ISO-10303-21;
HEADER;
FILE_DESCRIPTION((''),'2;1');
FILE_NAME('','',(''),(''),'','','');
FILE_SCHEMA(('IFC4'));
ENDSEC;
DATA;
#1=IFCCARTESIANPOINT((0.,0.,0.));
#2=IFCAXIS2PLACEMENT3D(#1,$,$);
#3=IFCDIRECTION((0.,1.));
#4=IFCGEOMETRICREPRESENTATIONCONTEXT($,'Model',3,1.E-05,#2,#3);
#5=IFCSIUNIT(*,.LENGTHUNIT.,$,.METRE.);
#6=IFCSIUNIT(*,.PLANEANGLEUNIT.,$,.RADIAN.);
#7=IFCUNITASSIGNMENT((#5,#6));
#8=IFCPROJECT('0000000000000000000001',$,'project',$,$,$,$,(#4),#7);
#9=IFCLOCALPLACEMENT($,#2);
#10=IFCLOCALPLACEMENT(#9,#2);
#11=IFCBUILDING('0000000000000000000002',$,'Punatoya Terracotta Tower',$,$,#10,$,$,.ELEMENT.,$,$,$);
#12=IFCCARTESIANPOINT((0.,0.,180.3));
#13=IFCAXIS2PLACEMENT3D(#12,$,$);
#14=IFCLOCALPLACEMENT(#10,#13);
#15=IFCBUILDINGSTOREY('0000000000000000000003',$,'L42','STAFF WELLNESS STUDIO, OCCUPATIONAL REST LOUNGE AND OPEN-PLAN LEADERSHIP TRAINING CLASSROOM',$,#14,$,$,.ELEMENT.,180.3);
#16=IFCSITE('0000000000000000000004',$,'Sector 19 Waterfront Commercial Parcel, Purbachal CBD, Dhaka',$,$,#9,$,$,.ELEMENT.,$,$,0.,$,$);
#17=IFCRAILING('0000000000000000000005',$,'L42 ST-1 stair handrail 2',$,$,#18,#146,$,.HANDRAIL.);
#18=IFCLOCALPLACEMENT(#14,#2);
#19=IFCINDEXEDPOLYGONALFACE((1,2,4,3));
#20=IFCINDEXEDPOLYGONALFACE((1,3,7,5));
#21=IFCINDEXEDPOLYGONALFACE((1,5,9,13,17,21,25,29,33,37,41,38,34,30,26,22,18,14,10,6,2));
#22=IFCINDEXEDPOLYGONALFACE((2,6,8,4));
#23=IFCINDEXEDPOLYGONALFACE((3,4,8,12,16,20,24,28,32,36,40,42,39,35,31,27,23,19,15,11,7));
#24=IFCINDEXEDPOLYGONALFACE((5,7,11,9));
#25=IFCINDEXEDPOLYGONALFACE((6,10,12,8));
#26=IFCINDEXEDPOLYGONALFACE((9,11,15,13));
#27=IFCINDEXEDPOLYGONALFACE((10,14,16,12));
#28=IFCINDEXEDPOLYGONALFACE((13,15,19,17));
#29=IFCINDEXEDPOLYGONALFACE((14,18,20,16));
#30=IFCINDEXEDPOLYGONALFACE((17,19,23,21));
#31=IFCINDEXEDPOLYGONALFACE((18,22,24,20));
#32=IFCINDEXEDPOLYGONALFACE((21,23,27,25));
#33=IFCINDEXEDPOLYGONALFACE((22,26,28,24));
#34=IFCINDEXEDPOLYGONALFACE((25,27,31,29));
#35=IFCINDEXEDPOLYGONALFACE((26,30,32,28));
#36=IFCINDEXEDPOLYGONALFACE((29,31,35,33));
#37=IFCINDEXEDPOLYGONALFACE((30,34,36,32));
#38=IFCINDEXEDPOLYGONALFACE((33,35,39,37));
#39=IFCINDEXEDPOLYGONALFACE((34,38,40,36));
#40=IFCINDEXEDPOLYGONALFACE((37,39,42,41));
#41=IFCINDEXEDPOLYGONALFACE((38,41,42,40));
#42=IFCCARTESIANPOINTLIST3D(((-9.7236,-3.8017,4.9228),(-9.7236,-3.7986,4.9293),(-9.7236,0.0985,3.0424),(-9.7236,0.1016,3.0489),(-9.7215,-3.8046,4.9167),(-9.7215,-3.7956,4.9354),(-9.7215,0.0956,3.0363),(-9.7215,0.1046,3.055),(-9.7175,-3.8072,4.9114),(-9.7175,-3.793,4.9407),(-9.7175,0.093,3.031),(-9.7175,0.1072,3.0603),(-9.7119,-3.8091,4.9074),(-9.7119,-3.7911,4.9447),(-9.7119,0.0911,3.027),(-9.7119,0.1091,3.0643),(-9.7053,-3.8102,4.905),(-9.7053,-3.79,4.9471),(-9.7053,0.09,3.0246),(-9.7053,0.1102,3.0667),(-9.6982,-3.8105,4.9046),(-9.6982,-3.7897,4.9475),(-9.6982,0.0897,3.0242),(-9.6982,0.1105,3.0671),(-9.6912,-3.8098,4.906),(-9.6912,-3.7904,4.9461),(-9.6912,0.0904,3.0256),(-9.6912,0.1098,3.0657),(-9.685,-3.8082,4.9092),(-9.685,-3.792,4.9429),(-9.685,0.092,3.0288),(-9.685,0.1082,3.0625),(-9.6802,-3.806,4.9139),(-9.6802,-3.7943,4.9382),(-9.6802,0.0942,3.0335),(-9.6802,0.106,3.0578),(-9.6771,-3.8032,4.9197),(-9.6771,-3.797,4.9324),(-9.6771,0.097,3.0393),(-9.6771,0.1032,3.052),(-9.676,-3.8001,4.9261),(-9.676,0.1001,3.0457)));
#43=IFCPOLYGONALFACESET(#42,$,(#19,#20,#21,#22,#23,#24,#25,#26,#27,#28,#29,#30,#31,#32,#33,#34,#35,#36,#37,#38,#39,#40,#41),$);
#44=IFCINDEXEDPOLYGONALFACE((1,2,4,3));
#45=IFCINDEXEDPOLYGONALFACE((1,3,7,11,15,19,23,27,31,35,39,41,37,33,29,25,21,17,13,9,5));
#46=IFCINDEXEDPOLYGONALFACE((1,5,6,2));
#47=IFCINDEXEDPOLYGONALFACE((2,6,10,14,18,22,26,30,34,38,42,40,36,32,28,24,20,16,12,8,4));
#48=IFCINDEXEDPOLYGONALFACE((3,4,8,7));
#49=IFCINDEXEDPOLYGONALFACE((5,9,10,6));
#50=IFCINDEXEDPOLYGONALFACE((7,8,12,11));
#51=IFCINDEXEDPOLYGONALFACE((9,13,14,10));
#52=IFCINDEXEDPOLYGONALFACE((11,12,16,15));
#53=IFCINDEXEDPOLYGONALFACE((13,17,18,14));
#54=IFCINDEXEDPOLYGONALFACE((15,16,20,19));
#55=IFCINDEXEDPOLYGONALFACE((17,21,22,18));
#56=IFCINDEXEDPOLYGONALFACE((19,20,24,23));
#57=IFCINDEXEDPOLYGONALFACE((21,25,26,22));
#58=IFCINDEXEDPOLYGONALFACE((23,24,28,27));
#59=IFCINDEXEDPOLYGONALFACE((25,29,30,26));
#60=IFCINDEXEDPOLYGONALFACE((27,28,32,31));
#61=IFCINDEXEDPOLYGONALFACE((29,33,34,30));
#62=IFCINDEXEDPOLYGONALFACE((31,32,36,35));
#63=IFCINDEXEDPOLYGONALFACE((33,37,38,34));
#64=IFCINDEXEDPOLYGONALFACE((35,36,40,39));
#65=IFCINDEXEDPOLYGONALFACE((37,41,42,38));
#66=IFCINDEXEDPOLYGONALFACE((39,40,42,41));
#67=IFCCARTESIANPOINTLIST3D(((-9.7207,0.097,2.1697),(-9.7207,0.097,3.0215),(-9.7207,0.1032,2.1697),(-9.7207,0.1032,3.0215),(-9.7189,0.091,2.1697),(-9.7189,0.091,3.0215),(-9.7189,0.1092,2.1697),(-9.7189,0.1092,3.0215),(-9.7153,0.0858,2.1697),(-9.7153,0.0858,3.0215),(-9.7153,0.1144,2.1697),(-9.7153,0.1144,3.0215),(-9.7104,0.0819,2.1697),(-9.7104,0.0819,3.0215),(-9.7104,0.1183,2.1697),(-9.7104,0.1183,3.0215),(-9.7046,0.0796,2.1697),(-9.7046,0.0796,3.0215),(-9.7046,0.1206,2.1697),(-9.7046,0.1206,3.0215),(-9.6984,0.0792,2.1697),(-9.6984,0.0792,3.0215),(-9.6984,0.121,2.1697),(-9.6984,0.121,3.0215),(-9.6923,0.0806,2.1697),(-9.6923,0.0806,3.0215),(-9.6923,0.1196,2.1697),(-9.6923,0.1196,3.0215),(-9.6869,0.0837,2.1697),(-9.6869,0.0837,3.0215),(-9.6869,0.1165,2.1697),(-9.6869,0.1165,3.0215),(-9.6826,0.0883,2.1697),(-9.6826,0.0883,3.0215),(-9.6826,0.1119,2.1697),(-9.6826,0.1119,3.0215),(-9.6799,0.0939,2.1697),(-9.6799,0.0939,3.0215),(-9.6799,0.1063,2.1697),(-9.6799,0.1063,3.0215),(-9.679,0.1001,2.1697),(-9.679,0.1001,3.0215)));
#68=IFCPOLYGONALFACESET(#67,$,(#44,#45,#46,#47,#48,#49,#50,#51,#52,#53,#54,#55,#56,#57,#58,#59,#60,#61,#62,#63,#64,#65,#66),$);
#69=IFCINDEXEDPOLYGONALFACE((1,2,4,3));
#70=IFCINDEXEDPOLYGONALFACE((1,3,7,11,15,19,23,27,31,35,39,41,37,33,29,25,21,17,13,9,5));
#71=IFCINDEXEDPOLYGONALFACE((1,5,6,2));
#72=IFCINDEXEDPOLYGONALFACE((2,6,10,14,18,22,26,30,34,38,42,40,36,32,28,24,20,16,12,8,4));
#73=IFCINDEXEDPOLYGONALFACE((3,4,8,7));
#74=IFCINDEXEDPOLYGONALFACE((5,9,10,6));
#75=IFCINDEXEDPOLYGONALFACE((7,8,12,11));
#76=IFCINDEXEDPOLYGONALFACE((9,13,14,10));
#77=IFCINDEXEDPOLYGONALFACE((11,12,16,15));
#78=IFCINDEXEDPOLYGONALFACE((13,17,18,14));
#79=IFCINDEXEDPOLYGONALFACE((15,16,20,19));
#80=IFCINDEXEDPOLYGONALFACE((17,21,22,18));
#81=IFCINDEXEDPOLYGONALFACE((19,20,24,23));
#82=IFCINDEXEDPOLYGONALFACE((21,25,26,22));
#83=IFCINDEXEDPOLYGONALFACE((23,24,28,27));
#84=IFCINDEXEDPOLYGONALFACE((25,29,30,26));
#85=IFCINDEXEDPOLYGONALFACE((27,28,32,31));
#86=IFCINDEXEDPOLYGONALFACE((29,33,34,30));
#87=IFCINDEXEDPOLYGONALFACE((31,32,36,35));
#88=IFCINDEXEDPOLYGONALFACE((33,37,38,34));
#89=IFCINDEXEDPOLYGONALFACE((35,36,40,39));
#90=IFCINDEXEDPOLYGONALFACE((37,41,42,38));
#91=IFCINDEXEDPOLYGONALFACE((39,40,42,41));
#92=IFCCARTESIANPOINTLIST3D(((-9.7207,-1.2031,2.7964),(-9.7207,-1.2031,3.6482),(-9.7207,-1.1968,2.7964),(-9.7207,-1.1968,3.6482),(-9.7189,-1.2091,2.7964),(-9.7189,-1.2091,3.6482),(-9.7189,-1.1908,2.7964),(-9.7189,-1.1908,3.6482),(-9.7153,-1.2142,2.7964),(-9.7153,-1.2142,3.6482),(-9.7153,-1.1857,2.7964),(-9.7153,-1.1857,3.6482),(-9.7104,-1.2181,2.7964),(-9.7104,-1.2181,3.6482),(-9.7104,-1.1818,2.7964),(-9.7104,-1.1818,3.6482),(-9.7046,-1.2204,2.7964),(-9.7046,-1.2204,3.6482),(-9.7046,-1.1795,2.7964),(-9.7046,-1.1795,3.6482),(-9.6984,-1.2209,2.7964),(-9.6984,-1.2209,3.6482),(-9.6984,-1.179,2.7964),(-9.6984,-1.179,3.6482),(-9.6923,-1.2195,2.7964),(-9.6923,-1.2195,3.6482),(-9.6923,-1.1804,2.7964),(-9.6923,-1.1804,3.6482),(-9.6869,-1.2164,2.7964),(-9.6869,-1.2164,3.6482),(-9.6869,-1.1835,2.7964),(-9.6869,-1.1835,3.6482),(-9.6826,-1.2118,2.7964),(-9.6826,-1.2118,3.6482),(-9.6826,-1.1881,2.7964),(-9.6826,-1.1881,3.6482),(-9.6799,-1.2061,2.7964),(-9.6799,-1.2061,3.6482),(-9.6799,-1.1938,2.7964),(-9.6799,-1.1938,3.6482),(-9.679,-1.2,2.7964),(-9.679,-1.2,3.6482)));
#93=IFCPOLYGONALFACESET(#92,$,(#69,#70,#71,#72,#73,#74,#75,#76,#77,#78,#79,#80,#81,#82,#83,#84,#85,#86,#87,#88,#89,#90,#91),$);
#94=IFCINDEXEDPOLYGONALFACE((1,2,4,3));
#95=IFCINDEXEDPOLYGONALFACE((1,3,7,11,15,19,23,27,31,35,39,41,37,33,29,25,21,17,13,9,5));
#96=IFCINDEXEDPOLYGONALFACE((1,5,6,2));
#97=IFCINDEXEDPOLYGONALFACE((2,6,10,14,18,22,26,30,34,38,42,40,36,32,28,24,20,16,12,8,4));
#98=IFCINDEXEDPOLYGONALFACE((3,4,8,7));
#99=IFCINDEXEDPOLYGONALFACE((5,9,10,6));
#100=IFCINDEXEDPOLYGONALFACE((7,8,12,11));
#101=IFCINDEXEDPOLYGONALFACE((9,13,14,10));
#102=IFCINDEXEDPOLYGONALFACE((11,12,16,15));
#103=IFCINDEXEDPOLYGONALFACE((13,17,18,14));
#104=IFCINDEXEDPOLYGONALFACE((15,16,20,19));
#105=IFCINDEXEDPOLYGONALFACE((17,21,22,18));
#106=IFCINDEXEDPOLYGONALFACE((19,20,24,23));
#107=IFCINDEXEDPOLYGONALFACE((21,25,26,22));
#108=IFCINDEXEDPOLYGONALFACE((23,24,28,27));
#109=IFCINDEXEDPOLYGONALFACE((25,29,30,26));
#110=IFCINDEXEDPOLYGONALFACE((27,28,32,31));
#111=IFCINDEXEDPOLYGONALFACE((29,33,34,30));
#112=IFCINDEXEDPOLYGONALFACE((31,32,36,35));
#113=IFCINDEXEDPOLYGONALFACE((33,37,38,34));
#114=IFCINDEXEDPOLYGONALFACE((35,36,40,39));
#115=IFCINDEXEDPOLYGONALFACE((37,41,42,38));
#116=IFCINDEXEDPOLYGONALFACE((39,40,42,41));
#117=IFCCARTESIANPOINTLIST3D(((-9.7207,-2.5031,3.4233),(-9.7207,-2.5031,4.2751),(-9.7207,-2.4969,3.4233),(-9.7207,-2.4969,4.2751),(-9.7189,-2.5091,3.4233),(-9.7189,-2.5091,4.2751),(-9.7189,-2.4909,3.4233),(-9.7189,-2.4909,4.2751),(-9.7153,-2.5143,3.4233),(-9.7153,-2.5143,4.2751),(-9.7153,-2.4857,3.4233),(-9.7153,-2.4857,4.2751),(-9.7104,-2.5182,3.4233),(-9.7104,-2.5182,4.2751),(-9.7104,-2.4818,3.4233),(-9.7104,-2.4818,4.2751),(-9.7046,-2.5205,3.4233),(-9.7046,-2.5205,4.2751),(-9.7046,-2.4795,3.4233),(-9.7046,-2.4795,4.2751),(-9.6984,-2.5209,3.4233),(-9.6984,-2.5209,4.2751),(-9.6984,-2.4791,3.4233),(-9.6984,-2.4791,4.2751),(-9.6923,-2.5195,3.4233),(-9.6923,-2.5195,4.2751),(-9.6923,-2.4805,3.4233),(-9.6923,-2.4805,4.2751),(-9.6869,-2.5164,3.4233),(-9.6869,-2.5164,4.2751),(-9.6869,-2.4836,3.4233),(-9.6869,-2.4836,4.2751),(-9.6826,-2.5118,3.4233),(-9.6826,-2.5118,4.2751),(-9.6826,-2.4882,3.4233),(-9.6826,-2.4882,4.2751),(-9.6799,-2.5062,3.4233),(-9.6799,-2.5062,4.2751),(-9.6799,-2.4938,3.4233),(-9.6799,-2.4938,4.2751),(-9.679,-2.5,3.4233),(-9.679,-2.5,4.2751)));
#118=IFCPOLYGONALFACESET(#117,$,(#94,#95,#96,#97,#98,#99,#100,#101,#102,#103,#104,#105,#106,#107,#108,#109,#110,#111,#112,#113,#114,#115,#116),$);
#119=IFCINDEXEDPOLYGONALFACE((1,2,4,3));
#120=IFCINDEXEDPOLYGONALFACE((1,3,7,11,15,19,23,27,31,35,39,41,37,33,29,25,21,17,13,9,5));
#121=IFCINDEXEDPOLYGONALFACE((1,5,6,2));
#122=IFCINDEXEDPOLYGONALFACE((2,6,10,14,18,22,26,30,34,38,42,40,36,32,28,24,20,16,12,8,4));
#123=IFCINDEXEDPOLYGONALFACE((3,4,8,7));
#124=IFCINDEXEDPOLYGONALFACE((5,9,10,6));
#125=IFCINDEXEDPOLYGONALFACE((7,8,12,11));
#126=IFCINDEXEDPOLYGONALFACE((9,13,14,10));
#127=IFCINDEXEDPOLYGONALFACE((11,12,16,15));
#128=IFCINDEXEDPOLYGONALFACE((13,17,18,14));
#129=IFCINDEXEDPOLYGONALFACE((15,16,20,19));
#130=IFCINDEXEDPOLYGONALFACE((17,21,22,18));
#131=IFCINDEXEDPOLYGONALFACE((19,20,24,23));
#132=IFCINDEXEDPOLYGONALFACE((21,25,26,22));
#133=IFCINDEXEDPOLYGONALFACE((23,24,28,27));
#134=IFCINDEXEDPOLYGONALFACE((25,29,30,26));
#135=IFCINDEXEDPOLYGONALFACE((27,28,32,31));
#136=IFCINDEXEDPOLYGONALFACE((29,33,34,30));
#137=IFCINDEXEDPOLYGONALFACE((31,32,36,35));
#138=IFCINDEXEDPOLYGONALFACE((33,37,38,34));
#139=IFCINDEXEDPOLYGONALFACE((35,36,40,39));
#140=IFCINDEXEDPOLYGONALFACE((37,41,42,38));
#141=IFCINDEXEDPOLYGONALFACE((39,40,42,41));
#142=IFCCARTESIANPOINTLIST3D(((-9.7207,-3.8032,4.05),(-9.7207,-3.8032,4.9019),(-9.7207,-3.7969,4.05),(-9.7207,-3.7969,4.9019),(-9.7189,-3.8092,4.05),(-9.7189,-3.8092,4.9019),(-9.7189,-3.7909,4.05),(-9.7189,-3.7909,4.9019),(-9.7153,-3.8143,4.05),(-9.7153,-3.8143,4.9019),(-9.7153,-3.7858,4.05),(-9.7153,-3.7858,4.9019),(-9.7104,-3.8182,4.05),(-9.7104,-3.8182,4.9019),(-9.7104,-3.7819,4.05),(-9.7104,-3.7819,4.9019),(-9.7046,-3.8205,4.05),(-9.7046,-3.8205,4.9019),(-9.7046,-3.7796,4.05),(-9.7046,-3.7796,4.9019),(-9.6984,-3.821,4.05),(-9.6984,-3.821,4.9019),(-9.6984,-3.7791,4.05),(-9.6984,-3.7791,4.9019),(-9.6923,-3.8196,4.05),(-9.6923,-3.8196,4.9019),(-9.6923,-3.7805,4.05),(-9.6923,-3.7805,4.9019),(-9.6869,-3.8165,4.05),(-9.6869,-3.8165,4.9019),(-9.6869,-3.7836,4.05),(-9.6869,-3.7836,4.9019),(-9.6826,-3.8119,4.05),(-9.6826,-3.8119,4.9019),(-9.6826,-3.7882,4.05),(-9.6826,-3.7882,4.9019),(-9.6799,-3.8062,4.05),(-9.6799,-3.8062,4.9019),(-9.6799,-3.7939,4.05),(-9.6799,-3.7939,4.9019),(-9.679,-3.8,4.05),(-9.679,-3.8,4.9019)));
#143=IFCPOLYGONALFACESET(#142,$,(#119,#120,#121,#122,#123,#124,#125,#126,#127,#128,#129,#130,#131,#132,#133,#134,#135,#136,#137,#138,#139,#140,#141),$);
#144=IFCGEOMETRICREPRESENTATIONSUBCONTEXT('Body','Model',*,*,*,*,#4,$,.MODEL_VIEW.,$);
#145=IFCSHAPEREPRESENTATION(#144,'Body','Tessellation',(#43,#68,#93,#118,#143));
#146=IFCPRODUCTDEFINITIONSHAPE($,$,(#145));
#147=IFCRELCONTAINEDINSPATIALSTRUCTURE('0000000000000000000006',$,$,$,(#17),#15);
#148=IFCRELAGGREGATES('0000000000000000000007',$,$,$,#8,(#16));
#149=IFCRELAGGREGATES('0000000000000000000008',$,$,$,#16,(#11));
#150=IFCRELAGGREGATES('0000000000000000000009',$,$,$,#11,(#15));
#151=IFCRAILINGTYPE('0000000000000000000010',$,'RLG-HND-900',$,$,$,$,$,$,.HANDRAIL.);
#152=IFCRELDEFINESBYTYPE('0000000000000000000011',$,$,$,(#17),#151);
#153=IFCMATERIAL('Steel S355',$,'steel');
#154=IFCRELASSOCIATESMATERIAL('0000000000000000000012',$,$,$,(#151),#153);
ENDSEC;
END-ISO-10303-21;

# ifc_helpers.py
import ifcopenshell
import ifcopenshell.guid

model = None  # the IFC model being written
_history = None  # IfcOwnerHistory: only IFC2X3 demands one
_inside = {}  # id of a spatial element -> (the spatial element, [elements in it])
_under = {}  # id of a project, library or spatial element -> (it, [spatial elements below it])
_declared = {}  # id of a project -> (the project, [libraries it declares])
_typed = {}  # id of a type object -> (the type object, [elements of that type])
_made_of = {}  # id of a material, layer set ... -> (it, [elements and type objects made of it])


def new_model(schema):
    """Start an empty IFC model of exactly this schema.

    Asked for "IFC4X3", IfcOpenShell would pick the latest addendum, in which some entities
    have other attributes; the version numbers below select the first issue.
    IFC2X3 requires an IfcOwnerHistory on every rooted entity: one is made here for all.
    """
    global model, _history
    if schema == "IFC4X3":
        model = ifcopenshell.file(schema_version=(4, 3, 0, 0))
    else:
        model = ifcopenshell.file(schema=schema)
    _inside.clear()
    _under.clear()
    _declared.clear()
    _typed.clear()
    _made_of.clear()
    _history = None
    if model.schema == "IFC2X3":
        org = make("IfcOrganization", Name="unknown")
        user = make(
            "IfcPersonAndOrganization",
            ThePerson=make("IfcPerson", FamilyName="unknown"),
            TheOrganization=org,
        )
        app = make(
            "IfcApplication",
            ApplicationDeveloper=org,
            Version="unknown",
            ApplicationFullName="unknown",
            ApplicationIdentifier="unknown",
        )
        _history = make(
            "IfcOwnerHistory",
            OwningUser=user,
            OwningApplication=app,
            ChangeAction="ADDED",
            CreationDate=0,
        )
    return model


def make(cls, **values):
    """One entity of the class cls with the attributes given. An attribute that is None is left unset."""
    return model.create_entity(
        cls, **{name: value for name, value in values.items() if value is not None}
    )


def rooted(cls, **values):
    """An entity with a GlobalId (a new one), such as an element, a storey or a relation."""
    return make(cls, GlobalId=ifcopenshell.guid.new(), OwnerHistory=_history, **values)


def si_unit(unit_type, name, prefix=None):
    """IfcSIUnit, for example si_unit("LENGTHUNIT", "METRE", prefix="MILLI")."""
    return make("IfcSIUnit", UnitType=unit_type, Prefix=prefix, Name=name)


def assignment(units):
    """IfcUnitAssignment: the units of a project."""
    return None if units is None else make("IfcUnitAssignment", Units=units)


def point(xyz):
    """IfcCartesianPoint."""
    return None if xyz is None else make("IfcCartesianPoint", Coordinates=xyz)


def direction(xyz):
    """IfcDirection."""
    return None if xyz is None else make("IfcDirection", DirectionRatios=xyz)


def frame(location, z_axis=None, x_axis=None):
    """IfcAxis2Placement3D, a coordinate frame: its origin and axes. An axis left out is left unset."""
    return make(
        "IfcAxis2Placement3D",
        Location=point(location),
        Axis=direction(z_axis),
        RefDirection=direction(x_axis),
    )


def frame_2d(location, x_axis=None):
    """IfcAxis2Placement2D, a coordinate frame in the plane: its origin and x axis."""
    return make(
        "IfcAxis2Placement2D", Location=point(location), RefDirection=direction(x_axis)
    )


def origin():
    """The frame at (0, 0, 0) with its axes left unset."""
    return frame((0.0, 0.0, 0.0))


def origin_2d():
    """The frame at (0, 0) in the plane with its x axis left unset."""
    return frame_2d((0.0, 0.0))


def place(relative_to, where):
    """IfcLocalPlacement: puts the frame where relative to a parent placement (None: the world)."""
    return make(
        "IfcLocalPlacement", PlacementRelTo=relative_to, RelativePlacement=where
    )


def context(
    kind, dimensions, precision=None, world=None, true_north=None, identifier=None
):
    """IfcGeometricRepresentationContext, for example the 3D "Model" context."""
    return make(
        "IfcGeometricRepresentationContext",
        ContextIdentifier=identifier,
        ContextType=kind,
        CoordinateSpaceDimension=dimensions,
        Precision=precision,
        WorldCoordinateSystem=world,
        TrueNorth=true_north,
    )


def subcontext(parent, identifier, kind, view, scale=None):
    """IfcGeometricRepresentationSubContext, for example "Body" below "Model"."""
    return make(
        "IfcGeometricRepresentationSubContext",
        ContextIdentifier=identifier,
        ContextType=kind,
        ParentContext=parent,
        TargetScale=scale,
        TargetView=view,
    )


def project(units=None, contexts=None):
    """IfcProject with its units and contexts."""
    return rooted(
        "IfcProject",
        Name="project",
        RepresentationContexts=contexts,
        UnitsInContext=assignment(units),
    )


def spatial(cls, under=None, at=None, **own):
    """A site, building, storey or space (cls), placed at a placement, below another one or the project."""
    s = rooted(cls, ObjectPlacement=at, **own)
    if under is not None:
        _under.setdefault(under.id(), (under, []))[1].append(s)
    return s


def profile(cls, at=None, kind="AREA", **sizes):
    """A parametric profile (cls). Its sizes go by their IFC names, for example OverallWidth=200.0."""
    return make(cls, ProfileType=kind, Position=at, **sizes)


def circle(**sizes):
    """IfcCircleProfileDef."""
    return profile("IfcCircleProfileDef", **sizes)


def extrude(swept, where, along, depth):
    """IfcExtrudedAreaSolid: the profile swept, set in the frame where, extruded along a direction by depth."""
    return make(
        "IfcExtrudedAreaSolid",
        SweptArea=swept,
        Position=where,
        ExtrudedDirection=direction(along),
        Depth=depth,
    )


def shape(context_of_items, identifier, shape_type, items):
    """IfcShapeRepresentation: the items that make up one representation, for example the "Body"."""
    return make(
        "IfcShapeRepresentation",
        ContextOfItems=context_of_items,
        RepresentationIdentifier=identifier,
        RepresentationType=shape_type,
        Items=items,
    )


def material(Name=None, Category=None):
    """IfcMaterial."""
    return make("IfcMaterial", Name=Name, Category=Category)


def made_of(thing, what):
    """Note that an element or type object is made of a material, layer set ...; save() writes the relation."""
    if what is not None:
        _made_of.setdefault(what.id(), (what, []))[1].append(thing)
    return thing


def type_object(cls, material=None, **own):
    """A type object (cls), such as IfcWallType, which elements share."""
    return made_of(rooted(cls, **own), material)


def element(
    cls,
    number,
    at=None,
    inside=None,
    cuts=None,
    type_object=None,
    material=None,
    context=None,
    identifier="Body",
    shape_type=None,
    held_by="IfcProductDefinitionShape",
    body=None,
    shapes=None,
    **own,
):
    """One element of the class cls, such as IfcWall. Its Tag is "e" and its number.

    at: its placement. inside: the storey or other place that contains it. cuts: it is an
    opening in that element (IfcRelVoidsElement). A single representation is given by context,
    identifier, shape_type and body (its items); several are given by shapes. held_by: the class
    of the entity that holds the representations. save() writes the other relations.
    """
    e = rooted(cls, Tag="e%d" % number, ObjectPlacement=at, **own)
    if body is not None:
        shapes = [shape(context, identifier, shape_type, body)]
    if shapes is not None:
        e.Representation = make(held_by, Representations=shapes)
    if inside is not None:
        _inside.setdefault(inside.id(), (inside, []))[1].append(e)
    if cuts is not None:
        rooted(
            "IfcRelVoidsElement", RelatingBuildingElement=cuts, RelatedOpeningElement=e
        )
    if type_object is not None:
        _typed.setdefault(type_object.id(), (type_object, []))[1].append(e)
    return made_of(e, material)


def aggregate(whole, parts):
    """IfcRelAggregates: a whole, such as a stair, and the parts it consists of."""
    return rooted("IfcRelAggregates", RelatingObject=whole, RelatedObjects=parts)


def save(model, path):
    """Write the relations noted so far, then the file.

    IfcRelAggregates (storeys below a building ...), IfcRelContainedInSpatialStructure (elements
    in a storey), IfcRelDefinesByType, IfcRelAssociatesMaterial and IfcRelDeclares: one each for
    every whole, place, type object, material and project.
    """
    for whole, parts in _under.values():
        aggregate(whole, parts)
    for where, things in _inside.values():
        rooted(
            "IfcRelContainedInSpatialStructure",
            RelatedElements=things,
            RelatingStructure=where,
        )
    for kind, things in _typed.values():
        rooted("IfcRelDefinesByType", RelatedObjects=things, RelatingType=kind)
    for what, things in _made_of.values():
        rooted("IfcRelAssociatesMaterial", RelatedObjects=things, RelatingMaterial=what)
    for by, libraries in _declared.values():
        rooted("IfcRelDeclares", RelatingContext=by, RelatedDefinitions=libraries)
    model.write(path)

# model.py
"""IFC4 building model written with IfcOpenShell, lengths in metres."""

from ifc_helpers import new_model, si_unit, direction, frame, origin, origin_2d, place, context, subcontext, project, spatial, circle, extrude, material, type_object, element, save


model = new_model("IFC4")

# Units and contexts
model_context = context("Model", 3, precision=1e-05, world=origin(), true_north=direction((0.0, 1.0)))
body_context = subcontext(model_context, "Body", "Model", "MODEL_VIEW")
ifc_project = project(units=[si_unit("LENGTHUNIT", "METRE"), si_unit("PLANEANGLEUNIT", "RADIAN")], contexts=[model_context])

# Site, building, storey
site_placement = place(None, origin())
site = spatial("IfcSite", under=ifc_project, at=site_placement, Name="Sector 19 Waterfront Commercial Parcel, Purbachal CBD, Dhaka", CompositionType="ELEMENT", RefElevation=0.0)
building_placement = place(site_placement, origin())
building = spatial("IfcBuilding", under=site, at=building_placement, Name="Punatoya Terracotta Tower", CompositionType="ELEMENT")
storey_placement = place(building_placement, frame((0.0, 0.0, 180.3)))
storey = spatial("IfcBuildingStorey", under=building, at=storey_placement, Name="L42", Description="STAFF WELLNESS STUDIO, OCCUPATIONAL REST LOUNGE AND OPEN-PLAN LEADERSHIP TRAINING CLASSROOM", CompositionType="ELEMENT", Elevation=180.3)

# Shared definitions
ifc_material_1 = material(Name="Steel S355", Category="steel")

# Railing
railing_type_1 = type_object("IfcRailingType", Name="RLG-HND-900", PredefinedType="HANDRAIL", material=ifc_material_1)
railing_1_placement = place(storey_placement, frame((-9.7, 0.1001, 2.1697)))
element("IfcRailing", 1, at=railing_1_placement, inside=storey, type_object=railing_type_1, Name="L42 ST-1 stair handrail 2", PredefinedType="HANDRAIL", context=body_context, shape_type="SweptSolid", body=[
    extrude(circle(Radius=0.0239, at=origin_2d()), frame((0.0, 0.0, 0.876), z_axis=(0.0, -0.900774, 0.434289), x_axis=(1.0, 0.0, 0.0)), (0.0, 0.0, 1.0), 4.3298),
    extrude(circle(Radius=0.021, at=origin_2d()), origin(), (0.0, 0.0, 1.0), 0.8518),
    extrude(circle(Radius=0.021, at=origin_2d()), frame((0.0, -1.3, 0.6267)), (0.0, 0.0, 1.0), 0.8518),
    extrude(circle(Radius=0.021, at=origin_2d()), frame((0.0, -2.6001, 1.2537)), (0.0, 0.0, 1.0), 0.8518),
    extrude(circle(Radius=0.021, at=origin_2d()), frame((0.0, -3.9001, 1.8804)), (0.0, 0.0, 1.0), 0.8518),
])

save(model, "model.ifc")
